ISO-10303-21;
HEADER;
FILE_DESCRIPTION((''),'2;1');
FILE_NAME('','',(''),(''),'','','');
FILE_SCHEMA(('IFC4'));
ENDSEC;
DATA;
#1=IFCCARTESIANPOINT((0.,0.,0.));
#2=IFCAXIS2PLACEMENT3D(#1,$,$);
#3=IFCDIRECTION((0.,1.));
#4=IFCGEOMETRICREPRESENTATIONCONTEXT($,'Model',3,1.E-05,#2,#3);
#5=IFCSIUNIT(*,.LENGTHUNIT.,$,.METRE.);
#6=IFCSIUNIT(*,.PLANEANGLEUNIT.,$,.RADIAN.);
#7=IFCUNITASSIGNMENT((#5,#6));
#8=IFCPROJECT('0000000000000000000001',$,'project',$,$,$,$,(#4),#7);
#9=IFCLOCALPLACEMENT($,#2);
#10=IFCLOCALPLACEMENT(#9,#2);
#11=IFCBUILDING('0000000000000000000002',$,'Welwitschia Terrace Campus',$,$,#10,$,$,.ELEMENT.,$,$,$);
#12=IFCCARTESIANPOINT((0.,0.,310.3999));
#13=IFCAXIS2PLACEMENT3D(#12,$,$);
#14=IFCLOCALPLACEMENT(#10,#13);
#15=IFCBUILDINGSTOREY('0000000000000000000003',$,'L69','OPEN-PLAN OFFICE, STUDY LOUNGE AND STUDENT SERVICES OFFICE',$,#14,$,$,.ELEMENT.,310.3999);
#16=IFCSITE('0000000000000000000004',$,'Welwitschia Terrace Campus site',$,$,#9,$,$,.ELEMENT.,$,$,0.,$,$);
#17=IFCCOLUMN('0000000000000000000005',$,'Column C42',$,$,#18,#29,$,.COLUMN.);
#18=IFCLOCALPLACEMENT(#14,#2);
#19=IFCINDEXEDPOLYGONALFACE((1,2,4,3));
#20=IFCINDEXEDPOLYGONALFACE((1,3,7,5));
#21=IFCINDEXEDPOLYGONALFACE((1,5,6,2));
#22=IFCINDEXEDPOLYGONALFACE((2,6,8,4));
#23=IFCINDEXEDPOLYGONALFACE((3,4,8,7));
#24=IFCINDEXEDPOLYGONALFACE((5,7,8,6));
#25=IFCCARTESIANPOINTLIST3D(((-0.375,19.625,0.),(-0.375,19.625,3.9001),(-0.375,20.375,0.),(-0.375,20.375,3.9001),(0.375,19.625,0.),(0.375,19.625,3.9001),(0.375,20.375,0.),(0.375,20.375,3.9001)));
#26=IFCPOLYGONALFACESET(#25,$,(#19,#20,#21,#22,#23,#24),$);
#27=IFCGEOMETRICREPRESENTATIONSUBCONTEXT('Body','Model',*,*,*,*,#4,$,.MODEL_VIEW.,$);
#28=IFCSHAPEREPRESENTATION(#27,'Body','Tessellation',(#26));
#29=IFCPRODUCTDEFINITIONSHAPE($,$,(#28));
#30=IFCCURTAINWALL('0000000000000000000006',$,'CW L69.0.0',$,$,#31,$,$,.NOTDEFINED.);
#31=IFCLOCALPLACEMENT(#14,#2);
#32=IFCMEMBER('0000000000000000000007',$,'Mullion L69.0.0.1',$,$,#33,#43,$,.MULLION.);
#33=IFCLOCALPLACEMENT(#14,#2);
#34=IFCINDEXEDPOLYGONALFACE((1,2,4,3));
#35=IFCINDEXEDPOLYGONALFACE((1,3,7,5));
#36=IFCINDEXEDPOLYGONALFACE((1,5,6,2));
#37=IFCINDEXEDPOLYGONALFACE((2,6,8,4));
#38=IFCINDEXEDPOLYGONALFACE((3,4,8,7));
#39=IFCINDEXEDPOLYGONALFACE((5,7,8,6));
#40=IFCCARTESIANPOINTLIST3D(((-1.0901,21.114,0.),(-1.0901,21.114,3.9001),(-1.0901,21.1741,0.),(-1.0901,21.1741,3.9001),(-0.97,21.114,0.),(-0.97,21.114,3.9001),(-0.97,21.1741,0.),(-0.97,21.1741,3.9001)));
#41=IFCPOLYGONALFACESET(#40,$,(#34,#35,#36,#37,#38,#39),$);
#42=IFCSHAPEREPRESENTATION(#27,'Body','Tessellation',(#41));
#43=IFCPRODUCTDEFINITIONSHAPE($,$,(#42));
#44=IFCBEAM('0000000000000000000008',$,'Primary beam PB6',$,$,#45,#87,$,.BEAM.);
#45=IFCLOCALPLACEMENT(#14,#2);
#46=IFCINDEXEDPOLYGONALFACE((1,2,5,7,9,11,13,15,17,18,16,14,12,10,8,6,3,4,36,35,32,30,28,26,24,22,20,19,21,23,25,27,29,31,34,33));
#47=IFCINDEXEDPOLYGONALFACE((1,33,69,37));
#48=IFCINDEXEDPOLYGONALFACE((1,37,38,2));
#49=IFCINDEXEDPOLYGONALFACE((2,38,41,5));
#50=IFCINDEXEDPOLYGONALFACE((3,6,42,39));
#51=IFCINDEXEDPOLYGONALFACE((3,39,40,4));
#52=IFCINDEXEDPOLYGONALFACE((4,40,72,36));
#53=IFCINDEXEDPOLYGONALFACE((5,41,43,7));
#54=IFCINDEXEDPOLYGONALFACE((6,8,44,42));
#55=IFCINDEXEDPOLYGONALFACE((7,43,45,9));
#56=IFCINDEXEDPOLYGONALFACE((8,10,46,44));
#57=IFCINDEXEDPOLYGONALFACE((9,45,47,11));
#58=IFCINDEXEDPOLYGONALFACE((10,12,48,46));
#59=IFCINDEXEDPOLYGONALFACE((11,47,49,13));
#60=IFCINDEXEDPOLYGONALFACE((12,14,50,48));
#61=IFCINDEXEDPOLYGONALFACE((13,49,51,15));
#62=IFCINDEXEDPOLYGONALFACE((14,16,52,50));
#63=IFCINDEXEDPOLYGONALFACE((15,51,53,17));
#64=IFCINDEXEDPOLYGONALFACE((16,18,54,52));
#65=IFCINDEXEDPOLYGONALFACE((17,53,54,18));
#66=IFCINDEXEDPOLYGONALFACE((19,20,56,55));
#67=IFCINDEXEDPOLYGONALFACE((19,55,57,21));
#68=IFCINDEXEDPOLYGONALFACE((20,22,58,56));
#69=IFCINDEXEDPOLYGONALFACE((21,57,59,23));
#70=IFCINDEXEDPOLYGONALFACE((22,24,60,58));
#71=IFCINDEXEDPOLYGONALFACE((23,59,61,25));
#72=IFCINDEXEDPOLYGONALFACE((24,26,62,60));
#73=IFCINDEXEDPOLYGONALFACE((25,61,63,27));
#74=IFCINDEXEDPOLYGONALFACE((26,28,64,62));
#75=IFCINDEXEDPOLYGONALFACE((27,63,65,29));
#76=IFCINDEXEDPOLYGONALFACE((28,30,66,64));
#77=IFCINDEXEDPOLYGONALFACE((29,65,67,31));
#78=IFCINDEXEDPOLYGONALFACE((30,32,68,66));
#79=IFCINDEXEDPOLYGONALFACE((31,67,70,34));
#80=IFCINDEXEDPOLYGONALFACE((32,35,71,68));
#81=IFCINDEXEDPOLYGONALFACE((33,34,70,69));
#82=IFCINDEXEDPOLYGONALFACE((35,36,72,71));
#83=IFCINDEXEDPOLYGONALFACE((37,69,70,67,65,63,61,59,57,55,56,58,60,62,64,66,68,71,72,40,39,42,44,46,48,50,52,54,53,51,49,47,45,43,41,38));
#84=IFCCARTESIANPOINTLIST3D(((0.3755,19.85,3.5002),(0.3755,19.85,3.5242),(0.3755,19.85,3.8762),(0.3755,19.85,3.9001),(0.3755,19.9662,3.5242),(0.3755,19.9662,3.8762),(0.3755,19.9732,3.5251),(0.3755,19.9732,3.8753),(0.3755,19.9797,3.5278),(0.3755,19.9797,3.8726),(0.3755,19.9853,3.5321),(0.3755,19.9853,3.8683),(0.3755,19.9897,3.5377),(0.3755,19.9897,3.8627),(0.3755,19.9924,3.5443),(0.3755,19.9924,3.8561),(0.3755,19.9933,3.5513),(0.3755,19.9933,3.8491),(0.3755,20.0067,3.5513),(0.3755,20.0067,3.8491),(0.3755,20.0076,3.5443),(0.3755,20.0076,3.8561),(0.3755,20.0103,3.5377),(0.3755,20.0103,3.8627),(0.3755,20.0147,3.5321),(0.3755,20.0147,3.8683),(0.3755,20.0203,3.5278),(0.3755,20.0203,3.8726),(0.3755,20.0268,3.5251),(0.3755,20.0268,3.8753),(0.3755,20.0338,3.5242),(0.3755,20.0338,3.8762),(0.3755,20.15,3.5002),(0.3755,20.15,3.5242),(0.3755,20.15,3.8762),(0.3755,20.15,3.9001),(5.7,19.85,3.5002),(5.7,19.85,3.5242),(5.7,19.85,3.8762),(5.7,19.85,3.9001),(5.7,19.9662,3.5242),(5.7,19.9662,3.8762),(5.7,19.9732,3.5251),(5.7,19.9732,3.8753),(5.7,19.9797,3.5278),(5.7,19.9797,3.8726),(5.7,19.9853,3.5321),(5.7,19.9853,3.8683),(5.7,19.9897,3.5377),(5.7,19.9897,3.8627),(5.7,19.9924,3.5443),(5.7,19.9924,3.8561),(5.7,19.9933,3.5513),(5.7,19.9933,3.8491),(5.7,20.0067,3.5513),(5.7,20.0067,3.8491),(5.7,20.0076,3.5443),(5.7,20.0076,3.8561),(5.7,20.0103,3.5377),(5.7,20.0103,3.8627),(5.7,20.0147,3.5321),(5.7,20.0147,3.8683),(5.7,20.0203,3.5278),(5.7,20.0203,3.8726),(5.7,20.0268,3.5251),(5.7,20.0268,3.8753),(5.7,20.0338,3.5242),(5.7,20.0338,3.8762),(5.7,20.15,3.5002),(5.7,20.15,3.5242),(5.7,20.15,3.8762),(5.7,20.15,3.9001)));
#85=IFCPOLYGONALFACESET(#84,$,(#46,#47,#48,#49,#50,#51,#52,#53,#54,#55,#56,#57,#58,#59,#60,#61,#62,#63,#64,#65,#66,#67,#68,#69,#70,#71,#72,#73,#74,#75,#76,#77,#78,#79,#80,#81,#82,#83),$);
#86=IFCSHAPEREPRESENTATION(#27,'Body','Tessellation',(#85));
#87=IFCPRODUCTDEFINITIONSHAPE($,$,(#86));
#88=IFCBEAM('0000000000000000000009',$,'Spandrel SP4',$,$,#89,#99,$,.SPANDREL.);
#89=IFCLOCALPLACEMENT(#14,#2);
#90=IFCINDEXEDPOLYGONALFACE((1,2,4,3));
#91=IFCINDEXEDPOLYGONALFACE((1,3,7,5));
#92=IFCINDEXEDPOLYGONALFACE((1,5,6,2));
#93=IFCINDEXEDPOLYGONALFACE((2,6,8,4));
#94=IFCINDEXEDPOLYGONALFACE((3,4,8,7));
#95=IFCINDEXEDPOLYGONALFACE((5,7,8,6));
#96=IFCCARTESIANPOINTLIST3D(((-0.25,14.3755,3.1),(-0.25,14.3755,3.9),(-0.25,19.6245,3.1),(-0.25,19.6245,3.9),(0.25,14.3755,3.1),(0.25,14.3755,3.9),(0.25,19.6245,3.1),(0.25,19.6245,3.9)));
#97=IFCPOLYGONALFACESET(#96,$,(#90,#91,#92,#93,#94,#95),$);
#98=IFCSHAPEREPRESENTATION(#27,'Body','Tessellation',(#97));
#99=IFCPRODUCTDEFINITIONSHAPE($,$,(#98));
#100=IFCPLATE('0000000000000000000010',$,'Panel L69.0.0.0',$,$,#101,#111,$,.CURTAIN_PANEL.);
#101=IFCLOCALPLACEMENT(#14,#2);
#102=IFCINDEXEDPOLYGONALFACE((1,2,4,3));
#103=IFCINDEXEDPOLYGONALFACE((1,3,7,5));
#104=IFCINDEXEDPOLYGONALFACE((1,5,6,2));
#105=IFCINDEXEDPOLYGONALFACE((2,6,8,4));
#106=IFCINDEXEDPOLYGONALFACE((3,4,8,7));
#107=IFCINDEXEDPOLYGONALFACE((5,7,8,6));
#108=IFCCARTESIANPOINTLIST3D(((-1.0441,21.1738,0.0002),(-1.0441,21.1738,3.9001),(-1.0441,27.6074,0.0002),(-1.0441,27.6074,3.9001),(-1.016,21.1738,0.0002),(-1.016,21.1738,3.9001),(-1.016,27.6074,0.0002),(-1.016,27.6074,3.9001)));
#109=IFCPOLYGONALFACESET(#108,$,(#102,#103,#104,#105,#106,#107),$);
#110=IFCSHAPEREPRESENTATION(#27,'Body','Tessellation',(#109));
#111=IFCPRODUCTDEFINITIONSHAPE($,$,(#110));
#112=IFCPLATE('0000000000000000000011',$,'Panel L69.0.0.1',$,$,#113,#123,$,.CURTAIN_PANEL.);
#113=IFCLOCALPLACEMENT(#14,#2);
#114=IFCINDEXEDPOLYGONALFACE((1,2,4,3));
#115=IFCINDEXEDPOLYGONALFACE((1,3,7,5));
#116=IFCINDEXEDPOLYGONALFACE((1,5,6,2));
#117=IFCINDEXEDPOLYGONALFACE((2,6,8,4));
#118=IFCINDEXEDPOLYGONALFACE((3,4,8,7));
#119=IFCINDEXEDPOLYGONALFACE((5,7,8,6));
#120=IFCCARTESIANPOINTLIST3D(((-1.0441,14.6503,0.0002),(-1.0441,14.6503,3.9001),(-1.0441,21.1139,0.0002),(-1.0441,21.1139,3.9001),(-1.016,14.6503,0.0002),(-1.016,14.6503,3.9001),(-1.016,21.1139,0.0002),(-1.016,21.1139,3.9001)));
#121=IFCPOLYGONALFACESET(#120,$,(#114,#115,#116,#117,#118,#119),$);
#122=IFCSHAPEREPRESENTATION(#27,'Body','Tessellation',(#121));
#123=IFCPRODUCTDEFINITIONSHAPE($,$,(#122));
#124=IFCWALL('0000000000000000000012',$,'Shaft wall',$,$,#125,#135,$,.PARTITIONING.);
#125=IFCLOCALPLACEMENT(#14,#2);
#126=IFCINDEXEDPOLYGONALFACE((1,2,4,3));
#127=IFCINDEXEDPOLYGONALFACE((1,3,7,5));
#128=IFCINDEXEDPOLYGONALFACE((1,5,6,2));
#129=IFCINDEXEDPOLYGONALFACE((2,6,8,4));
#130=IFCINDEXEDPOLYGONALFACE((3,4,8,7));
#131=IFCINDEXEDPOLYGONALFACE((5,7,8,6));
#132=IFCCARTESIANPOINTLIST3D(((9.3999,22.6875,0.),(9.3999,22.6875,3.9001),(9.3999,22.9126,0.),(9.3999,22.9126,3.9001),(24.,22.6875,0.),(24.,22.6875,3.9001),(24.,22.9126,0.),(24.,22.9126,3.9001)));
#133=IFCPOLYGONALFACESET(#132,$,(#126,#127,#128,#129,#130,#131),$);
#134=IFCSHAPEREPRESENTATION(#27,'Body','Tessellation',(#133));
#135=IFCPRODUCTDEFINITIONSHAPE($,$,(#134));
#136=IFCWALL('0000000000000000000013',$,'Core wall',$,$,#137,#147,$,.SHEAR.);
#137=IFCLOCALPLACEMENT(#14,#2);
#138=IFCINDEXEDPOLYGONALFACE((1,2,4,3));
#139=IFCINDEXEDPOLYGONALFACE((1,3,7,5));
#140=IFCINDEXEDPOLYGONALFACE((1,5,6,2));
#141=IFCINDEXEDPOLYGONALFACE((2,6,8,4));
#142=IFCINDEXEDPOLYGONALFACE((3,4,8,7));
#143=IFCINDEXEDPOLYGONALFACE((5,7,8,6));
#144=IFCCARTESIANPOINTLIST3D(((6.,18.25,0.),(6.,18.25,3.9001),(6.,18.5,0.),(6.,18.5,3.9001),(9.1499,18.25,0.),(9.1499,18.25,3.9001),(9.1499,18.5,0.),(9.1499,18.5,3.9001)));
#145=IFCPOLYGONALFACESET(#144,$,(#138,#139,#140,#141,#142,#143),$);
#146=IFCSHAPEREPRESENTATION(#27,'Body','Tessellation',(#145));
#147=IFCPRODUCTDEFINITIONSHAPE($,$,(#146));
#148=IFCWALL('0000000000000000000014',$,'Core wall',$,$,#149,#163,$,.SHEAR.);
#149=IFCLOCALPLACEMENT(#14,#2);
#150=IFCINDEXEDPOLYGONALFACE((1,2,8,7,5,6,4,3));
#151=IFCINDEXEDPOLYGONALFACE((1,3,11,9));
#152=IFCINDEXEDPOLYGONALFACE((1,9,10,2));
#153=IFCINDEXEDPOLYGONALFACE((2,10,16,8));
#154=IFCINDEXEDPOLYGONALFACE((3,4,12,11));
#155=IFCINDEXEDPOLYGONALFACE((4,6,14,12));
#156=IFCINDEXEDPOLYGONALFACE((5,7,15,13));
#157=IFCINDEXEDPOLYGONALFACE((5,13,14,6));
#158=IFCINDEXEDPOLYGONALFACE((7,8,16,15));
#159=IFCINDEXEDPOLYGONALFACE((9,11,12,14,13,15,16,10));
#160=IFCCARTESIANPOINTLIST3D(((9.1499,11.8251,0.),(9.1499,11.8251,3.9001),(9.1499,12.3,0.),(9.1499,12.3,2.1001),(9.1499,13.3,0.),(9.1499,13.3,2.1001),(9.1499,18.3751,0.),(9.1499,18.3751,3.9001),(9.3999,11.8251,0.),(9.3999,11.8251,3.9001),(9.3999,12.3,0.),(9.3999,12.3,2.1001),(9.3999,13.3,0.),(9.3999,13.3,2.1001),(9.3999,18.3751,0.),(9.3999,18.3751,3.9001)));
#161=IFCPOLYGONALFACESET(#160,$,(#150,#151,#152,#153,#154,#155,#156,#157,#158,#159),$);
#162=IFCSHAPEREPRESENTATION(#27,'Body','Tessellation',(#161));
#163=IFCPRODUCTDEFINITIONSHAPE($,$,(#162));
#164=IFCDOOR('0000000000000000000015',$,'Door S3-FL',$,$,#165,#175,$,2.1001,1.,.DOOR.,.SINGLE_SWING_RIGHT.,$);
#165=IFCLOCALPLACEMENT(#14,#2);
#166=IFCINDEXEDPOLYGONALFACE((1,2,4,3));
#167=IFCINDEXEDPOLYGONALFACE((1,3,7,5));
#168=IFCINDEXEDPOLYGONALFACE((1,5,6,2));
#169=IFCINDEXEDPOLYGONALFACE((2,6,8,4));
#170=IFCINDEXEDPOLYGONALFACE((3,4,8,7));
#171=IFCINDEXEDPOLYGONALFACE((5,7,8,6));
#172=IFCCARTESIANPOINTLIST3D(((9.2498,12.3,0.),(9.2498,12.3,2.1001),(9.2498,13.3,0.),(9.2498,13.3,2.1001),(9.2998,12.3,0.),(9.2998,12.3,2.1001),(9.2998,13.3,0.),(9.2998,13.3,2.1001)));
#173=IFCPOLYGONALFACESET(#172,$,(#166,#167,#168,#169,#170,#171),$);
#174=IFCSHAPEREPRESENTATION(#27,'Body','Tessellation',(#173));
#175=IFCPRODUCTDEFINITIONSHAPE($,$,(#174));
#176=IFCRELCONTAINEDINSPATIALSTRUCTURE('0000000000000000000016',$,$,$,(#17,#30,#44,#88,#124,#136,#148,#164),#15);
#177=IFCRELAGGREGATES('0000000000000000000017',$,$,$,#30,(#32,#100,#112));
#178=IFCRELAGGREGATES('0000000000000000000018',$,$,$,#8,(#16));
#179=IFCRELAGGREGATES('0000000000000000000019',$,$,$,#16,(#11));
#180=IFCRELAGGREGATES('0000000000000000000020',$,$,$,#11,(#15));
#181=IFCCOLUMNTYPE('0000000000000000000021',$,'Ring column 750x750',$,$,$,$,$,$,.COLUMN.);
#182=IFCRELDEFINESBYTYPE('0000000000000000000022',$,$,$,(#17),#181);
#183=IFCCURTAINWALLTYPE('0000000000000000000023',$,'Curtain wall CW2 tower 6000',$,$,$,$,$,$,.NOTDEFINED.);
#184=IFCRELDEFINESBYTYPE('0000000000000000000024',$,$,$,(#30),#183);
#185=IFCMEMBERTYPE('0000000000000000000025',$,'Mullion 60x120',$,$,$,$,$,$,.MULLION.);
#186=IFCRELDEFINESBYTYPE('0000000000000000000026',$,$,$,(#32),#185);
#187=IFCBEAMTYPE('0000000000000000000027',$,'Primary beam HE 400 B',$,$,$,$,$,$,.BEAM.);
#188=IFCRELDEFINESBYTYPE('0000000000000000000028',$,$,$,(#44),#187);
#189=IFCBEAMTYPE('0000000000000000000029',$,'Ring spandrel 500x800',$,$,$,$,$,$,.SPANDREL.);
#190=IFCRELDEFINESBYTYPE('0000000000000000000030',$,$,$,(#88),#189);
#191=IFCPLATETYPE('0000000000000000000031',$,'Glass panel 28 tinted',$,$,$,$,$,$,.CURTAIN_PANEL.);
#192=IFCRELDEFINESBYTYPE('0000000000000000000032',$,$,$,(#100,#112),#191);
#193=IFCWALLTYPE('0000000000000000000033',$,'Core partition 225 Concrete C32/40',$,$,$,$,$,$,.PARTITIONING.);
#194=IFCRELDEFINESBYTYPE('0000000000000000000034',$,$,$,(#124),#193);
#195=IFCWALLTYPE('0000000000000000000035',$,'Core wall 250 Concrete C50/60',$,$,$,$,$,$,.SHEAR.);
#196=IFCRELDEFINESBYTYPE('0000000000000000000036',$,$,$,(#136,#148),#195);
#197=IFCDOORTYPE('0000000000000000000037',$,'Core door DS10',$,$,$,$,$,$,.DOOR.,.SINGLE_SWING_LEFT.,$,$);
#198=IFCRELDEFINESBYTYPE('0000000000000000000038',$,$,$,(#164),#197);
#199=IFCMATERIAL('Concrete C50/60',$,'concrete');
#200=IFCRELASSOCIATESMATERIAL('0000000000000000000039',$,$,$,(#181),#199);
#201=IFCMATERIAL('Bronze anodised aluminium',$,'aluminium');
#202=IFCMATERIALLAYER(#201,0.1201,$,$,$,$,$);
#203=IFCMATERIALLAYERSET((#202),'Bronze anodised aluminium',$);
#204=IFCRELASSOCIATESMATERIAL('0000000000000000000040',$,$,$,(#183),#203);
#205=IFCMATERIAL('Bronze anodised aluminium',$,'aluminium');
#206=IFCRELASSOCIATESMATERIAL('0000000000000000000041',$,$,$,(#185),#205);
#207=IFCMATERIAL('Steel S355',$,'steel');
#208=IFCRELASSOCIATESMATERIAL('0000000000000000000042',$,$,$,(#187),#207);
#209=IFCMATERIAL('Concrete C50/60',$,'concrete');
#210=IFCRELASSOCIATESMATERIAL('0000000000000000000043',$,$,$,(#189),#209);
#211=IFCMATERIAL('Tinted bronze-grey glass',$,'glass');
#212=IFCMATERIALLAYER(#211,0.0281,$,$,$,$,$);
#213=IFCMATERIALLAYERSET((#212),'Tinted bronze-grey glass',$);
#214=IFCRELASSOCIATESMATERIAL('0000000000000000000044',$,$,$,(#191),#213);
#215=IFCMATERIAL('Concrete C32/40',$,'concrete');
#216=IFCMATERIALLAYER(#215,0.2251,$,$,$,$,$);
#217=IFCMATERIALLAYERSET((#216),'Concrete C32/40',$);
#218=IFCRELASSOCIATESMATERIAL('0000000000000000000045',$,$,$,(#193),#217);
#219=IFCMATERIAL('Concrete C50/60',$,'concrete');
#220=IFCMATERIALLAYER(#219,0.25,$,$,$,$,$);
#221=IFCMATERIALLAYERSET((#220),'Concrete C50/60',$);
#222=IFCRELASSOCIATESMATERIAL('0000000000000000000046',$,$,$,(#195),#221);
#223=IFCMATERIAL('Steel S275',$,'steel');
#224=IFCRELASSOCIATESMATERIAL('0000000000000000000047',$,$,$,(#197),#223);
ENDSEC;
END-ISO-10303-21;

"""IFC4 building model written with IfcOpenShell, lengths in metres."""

from ifc_helpers import new_model, si_unit, direction, frame, frame_2d, origin, origin_2d, place, context, subcontext, project, spatial, rectangle, i_section, extrude, material, layer, layer_set, material_profile, profile_set, type_object, element, fill, aggregate, save


model = new_model("IFC4")

# Units and contexts
model_context = context("Model", 3, precision=1e-05, world=origin(), true_north=direction((0.0, 1.0)))
body_context = subcontext(model_context, "Body", "Model", "MODEL_VIEW")
ifc_project = project(units=[si_unit("LENGTHUNIT", "METRE"), si_unit("PLANEANGLEUNIT", "RADIAN")], contexts=[model_context])

# Site, building, storey
site_placement = place(None, origin())
site = spatial("IfcSite", under=ifc_project, at=site_placement, Name="Welwitschia Terrace Campus site", CompositionType="ELEMENT", RefElevation=0.0)
building_placement = place(site_placement, origin())
building = spatial("IfcBuilding", under=site, at=building_placement, Name="Welwitschia Terrace Campus", CompositionType="ELEMENT")
storey_placement = place(building_placement, frame((0.0, 0.0, 310.3999)))
storey = spatial("IfcBuildingStorey", under=building, at=storey_placement, Name="L69", Description="OPEN-PLAN OFFICE, STUDY LOUNGE AND STUDENT SERVICES OFFICE", CompositionType="ELEMENT", Elevation=310.3999)

# Column
ifc_material_1 = material(Name="Concrete C50/60", Category="concrete")
ifc_material_profile_1 = material_profile(ifc_material_1, rectangle(XDim=0.75, YDim=0.75, at=origin_2d()))
ifc_profile_set_1 = profile_set([ifc_material_profile_1], Name="Concrete C50/60")
column_type = type_object("IfcColumnType", Name="Ring column 750x750", PredefinedType="COLUMN", material=ifc_profile_set_1)
column_placement = place(storey_placement, frame((0.0, 20.0, 0.0), z_axis=(0.0, 0.0, 1.0), x_axis=(1.0, 0.0, 0.0)))
element("IfcColumn", 1, at=column_placement, inside=storey, type_object=column_type, Name="Column C42", PredefinedType="COLUMN", context=body_context, shape_type="SweptSolid", body=[
    extrude(rectangle(XDim=0.75, YDim=0.75, at=origin_2d()), origin(), (0.0, 0.0, 1.0), 3.9001),
])

# Curtain wall, member
ifc_material_2 = material(Name="Bronze anodised aluminium", Category="aluminium")
ifc_layer_1 = layer(ifc_material_2, 0.1201)
ifc_layer_set_1 = layer_set([ifc_layer_1], Name="Bronze anodised aluminium")
curtain_wall_type = type_object("IfcCurtainWallType", Name="Curtain wall CW2 tower 6000", PredefinedType="NOTDEFINED", material=ifc_layer_set_1)
curtain_wall_placement = place(storey_placement, origin())
curtain_wall = element("IfcCurtainWall", 2, at=curtain_wall_placement, inside=storey, type_object=curtain_wall_type, Name="CW L69.0.0", PredefinedType="NOTDEFINED")
ifc_material_3 = material(Name="Bronze anodised aluminium", Category="aluminium")
ifc_material_profile_2 = material_profile(ifc_material_3, rectangle(XDim=0.1201, YDim=0.0601, at=origin_2d()))
ifc_profile_set_2 = profile_set([ifc_material_profile_2], Name="Bronze anodised aluminium")
member_type = type_object("IfcMemberType", Name="Mullion 60x120", PredefinedType="MULLION", material=ifc_profile_set_2)
member_placement = place(storey_placement, frame((-1.03, 21.144, 0.0), z_axis=(0.0, 0.0, 1.0), x_axis=(1.0, 0.0, 0.0)))
member = element("IfcMember", 3, at=member_placement, type_object=member_type, Name="Mullion L69.0.0.1", PredefinedType="MULLION", context=body_context, shape_type="SweptSolid", body=[
    extrude(rectangle(XDim=0.1201, YDim=0.0601, at=origin_2d()), origin(), (0.0, 0.0, 1.0), 3.9001),
])

# Beams
ifc_material_4 = material(Name="Steel S355", Category="steel")
ifc_material_profile_3 = material_profile(ifc_material_4, i_section(OverallWidth=0.3, OverallDepth=0.3999, WebThickness=0.0134, FlangeThickness=0.0239, FilletRadius=0.0271, at=origin_2d()))
ifc_profile_set_3 = profile_set([ifc_material_profile_3], Name="Steel S355")
beam_type_1 = type_object("IfcBeamType", Name="Primary beam HE 400 B", PredefinedType="BEAM", material=ifc_profile_set_3)
beam_1_placement = place(storey_placement, frame((0.3755, 20.0, 3.7002), z_axis=(1.0, 0.0, 0.0), x_axis=(0.0, 1.0, 0.0)))
element("IfcBeam", 4, at=beam_1_placement, inside=storey, type_object=beam_type_1, Name="Primary beam PB6", PredefinedType="BEAM", context=body_context, shape_type="SweptSolid", body=[
    extrude(i_section(OverallWidth=0.3, OverallDepth=0.3999, WebThickness=0.0134, FlangeThickness=0.0239, FilletRadius=0.0271, at=origin_2d()), origin(), (0.0, 0.0, 1.0), 5.3245),
])
ifc_material_5 = material(Name="Concrete C50/60", Category="concrete")
ifc_material_profile_4 = material_profile(ifc_material_5, rectangle(XDim=0.5, YDim=0.8, at=origin_2d()))
ifc_profile_set_4 = profile_set([ifc_material_profile_4], Name="Concrete C50/60")
beam_type_2 = type_object("IfcBeamType", Name="Ring spandrel 500x800", PredefinedType="SPANDREL", material=ifc_profile_set_4)
beam_2_placement = place(storey_placement, frame((0.0, 19.6245, 3.5), z_axis=(0.0, -1.0, 0.0), x_axis=(1.0, 0.0, 0.0)))
element("IfcBeam", 5, at=beam_2_placement, inside=storey, type_object=beam_type_2, Name="Spandrel SP4", PredefinedType="SPANDREL", context=body_context, shape_type="SweptSolid", body=[
    extrude(rectangle(XDim=0.5, YDim=0.8, at=origin_2d()), origin(), (0.0, 0.0, 1.0), 5.249),
])

# Plates
ifc_material_6 = material(Name="Tinted bronze-grey glass", Category="glass")
ifc_layer_2 = layer(ifc_material_6, 0.0281)
ifc_layer_set_2 = layer_set([ifc_layer_2], Name="Tinted bronze-grey glass")
plate_type = type_object("IfcPlateType", Name="Glass panel 28 tinted", PredefinedType="CURTAIN_PANEL", material=ifc_layer_set_2)
plate_1_placement = place(storey_placement, frame((-1.03, 24.3906, 0.0002), z_axis=(0.0, 0.0, 1.0), x_axis=(0.0, -1.0, 0.0)))
plate_1 = element("IfcPlate", 6, at=plate_1_placement, type_object=plate_type, Name="Panel L69.0.0.0", PredefinedType="CURTAIN_PANEL", context=body_context, shape_type="SweptSolid", body=[
    extrude(rectangle(XDim=6.4336, YDim=0.0281, at=origin_2d()), origin(), (0.0, 0.0, 1.0), 3.8999),
])
plate_2_placement = place(storey_placement, frame((-1.03, 17.8821, 0.0002), z_axis=(0.0, 0.0, 1.0), x_axis=(0.0, -1.0, 0.0)))
plate_2 = element("IfcPlate", 7, at=plate_2_placement, type_object=plate_type, Name="Panel L69.0.0.1", PredefinedType="CURTAIN_PANEL", context=body_context, shape_type="SweptSolid", body=[
    extrude(rectangle(XDim=6.4636, YDim=0.0281, at=origin_2d()), origin(), (0.0, 0.0, 1.0), 3.8999),
])
aggregate(curtain_wall, [member, plate_1, plate_2])

# Walls
ifc_material_7 = material(Name="Concrete C32/40", Category="concrete")
ifc_layer_3 = layer(ifc_material_7, 0.2251)
ifc_layer_set_3 = layer_set([ifc_layer_3], Name="Concrete C32/40")
wall_type_1 = type_object("IfcWallType", Name="Core partition 225 Concrete C32/40", PredefinedType="PARTITIONING", material=ifc_layer_set_3)
wall_1_placement = place(storey_placement, frame((9.3999, 22.8, 0.0), z_axis=(0.0, 0.0, 1.0), x_axis=(1.0, 0.0, 0.0)))
element("IfcWall", 8, at=wall_1_placement, inside=storey, type_object=wall_type_1, Name="Shaft wall", PredefinedType="PARTITIONING", context=body_context, shape_type="SweptSolid", body=[
    extrude(rectangle(XDim=14.6001, YDim=0.2251, at=frame_2d((7.3, 0.0))), origin(), (0.0, 0.0, 1.0), 3.9001),
])
ifc_material_8 = material(Name="Concrete C50/60", Category="concrete")
ifc_layer_4 = layer(ifc_material_8, 0.25)
ifc_layer_set_4 = layer_set([ifc_layer_4], Name="Concrete C50/60")
wall_type_2 = type_object("IfcWallType", Name="Core wall 250 Concrete C50/60", PredefinedType="SHEAR", material=ifc_layer_set_4)
wall_2_placement = place(storey_placement, frame((6.0, 18.375, 0.0), z_axis=(0.0, 0.0, 1.0), x_axis=(1.0, 0.0, 0.0)))
element("IfcWall", 9, at=wall_2_placement, inside=storey, type_object=wall_type_2, Name="Core wall", PredefinedType="SHEAR", context=body_context, shape_type="SweptSolid", body=[
    extrude(rectangle(XDim=3.1499, YDim=0.25, at=frame_2d((1.575, 0.0))), origin(), (0.0, 0.0, 1.0), 3.9001),
])

# Wall, opening, door
wall_3_placement = place(storey_placement, frame((9.2749, 18.375, 0.0), z_axis=(0.0, 0.0, 1.0), x_axis=(0.0, -1.0, 0.0)))
wall_3 = element("IfcWall", 10, at=wall_3_placement, inside=storey, type_object=wall_type_2, Name="Core wall", PredefinedType="SHEAR", context=body_context, shape_type="SweptSolid", body=[
    extrude(rectangle(XDim=6.55, YDim=0.25, at=frame_2d((3.2749, 0.0))), origin(), (0.0, 0.0, 1.0), 3.9001),
])
opening_placement = place(wall_3_placement, frame((5.075, 0.0, 0.0)))
opening = element("IfcOpeningElement", 11, at=opening_placement, cuts=wall_3, PredefinedType="OPENING", context=body_context, shape_type="SweptSolid", body=[
    extrude(rectangle(XDim=1.0, YDim=2.1001, at=frame_2d((0.5, 1.05))), frame((0.0, 0.135, 0.0), z_axis=(0.0, -1.0, 0.0), x_axis=(1.0, 0.0, 0.0)), (0.0, 0.0, 1.0), 0.27),
])
ifc_material_9 = material(Name="Steel S275", Category="steel")
door_type = type_object("IfcDoorType", Name="Core door DS10", OperationType="SINGLE_SWING_LEFT", PredefinedType="DOOR", material=ifc_material_9)
door_placement = place(opening_placement, origin())
door = element("IfcDoor", 12, at=door_placement, inside=storey, type_object=door_type, Name="Door S3-FL", OperationType="SINGLE_SWING_RIGHT", OverallHeight=2.1001, OverallWidth=1.0, PredefinedType="DOOR", context=body_context, shape_type="SweptSolid", body=[
    extrude(rectangle(XDim=1.0, YDim=2.1001, at=frame_2d((0.5, 1.05))), frame((0.0, 0.0249, 0.0), z_axis=(0.0, -1.0, 0.0), x_axis=(1.0, 0.0, 0.0)), (0.0, 0.0, 1.0), 0.05),
])
fill(opening, door)

save(model, "model.ifc")
